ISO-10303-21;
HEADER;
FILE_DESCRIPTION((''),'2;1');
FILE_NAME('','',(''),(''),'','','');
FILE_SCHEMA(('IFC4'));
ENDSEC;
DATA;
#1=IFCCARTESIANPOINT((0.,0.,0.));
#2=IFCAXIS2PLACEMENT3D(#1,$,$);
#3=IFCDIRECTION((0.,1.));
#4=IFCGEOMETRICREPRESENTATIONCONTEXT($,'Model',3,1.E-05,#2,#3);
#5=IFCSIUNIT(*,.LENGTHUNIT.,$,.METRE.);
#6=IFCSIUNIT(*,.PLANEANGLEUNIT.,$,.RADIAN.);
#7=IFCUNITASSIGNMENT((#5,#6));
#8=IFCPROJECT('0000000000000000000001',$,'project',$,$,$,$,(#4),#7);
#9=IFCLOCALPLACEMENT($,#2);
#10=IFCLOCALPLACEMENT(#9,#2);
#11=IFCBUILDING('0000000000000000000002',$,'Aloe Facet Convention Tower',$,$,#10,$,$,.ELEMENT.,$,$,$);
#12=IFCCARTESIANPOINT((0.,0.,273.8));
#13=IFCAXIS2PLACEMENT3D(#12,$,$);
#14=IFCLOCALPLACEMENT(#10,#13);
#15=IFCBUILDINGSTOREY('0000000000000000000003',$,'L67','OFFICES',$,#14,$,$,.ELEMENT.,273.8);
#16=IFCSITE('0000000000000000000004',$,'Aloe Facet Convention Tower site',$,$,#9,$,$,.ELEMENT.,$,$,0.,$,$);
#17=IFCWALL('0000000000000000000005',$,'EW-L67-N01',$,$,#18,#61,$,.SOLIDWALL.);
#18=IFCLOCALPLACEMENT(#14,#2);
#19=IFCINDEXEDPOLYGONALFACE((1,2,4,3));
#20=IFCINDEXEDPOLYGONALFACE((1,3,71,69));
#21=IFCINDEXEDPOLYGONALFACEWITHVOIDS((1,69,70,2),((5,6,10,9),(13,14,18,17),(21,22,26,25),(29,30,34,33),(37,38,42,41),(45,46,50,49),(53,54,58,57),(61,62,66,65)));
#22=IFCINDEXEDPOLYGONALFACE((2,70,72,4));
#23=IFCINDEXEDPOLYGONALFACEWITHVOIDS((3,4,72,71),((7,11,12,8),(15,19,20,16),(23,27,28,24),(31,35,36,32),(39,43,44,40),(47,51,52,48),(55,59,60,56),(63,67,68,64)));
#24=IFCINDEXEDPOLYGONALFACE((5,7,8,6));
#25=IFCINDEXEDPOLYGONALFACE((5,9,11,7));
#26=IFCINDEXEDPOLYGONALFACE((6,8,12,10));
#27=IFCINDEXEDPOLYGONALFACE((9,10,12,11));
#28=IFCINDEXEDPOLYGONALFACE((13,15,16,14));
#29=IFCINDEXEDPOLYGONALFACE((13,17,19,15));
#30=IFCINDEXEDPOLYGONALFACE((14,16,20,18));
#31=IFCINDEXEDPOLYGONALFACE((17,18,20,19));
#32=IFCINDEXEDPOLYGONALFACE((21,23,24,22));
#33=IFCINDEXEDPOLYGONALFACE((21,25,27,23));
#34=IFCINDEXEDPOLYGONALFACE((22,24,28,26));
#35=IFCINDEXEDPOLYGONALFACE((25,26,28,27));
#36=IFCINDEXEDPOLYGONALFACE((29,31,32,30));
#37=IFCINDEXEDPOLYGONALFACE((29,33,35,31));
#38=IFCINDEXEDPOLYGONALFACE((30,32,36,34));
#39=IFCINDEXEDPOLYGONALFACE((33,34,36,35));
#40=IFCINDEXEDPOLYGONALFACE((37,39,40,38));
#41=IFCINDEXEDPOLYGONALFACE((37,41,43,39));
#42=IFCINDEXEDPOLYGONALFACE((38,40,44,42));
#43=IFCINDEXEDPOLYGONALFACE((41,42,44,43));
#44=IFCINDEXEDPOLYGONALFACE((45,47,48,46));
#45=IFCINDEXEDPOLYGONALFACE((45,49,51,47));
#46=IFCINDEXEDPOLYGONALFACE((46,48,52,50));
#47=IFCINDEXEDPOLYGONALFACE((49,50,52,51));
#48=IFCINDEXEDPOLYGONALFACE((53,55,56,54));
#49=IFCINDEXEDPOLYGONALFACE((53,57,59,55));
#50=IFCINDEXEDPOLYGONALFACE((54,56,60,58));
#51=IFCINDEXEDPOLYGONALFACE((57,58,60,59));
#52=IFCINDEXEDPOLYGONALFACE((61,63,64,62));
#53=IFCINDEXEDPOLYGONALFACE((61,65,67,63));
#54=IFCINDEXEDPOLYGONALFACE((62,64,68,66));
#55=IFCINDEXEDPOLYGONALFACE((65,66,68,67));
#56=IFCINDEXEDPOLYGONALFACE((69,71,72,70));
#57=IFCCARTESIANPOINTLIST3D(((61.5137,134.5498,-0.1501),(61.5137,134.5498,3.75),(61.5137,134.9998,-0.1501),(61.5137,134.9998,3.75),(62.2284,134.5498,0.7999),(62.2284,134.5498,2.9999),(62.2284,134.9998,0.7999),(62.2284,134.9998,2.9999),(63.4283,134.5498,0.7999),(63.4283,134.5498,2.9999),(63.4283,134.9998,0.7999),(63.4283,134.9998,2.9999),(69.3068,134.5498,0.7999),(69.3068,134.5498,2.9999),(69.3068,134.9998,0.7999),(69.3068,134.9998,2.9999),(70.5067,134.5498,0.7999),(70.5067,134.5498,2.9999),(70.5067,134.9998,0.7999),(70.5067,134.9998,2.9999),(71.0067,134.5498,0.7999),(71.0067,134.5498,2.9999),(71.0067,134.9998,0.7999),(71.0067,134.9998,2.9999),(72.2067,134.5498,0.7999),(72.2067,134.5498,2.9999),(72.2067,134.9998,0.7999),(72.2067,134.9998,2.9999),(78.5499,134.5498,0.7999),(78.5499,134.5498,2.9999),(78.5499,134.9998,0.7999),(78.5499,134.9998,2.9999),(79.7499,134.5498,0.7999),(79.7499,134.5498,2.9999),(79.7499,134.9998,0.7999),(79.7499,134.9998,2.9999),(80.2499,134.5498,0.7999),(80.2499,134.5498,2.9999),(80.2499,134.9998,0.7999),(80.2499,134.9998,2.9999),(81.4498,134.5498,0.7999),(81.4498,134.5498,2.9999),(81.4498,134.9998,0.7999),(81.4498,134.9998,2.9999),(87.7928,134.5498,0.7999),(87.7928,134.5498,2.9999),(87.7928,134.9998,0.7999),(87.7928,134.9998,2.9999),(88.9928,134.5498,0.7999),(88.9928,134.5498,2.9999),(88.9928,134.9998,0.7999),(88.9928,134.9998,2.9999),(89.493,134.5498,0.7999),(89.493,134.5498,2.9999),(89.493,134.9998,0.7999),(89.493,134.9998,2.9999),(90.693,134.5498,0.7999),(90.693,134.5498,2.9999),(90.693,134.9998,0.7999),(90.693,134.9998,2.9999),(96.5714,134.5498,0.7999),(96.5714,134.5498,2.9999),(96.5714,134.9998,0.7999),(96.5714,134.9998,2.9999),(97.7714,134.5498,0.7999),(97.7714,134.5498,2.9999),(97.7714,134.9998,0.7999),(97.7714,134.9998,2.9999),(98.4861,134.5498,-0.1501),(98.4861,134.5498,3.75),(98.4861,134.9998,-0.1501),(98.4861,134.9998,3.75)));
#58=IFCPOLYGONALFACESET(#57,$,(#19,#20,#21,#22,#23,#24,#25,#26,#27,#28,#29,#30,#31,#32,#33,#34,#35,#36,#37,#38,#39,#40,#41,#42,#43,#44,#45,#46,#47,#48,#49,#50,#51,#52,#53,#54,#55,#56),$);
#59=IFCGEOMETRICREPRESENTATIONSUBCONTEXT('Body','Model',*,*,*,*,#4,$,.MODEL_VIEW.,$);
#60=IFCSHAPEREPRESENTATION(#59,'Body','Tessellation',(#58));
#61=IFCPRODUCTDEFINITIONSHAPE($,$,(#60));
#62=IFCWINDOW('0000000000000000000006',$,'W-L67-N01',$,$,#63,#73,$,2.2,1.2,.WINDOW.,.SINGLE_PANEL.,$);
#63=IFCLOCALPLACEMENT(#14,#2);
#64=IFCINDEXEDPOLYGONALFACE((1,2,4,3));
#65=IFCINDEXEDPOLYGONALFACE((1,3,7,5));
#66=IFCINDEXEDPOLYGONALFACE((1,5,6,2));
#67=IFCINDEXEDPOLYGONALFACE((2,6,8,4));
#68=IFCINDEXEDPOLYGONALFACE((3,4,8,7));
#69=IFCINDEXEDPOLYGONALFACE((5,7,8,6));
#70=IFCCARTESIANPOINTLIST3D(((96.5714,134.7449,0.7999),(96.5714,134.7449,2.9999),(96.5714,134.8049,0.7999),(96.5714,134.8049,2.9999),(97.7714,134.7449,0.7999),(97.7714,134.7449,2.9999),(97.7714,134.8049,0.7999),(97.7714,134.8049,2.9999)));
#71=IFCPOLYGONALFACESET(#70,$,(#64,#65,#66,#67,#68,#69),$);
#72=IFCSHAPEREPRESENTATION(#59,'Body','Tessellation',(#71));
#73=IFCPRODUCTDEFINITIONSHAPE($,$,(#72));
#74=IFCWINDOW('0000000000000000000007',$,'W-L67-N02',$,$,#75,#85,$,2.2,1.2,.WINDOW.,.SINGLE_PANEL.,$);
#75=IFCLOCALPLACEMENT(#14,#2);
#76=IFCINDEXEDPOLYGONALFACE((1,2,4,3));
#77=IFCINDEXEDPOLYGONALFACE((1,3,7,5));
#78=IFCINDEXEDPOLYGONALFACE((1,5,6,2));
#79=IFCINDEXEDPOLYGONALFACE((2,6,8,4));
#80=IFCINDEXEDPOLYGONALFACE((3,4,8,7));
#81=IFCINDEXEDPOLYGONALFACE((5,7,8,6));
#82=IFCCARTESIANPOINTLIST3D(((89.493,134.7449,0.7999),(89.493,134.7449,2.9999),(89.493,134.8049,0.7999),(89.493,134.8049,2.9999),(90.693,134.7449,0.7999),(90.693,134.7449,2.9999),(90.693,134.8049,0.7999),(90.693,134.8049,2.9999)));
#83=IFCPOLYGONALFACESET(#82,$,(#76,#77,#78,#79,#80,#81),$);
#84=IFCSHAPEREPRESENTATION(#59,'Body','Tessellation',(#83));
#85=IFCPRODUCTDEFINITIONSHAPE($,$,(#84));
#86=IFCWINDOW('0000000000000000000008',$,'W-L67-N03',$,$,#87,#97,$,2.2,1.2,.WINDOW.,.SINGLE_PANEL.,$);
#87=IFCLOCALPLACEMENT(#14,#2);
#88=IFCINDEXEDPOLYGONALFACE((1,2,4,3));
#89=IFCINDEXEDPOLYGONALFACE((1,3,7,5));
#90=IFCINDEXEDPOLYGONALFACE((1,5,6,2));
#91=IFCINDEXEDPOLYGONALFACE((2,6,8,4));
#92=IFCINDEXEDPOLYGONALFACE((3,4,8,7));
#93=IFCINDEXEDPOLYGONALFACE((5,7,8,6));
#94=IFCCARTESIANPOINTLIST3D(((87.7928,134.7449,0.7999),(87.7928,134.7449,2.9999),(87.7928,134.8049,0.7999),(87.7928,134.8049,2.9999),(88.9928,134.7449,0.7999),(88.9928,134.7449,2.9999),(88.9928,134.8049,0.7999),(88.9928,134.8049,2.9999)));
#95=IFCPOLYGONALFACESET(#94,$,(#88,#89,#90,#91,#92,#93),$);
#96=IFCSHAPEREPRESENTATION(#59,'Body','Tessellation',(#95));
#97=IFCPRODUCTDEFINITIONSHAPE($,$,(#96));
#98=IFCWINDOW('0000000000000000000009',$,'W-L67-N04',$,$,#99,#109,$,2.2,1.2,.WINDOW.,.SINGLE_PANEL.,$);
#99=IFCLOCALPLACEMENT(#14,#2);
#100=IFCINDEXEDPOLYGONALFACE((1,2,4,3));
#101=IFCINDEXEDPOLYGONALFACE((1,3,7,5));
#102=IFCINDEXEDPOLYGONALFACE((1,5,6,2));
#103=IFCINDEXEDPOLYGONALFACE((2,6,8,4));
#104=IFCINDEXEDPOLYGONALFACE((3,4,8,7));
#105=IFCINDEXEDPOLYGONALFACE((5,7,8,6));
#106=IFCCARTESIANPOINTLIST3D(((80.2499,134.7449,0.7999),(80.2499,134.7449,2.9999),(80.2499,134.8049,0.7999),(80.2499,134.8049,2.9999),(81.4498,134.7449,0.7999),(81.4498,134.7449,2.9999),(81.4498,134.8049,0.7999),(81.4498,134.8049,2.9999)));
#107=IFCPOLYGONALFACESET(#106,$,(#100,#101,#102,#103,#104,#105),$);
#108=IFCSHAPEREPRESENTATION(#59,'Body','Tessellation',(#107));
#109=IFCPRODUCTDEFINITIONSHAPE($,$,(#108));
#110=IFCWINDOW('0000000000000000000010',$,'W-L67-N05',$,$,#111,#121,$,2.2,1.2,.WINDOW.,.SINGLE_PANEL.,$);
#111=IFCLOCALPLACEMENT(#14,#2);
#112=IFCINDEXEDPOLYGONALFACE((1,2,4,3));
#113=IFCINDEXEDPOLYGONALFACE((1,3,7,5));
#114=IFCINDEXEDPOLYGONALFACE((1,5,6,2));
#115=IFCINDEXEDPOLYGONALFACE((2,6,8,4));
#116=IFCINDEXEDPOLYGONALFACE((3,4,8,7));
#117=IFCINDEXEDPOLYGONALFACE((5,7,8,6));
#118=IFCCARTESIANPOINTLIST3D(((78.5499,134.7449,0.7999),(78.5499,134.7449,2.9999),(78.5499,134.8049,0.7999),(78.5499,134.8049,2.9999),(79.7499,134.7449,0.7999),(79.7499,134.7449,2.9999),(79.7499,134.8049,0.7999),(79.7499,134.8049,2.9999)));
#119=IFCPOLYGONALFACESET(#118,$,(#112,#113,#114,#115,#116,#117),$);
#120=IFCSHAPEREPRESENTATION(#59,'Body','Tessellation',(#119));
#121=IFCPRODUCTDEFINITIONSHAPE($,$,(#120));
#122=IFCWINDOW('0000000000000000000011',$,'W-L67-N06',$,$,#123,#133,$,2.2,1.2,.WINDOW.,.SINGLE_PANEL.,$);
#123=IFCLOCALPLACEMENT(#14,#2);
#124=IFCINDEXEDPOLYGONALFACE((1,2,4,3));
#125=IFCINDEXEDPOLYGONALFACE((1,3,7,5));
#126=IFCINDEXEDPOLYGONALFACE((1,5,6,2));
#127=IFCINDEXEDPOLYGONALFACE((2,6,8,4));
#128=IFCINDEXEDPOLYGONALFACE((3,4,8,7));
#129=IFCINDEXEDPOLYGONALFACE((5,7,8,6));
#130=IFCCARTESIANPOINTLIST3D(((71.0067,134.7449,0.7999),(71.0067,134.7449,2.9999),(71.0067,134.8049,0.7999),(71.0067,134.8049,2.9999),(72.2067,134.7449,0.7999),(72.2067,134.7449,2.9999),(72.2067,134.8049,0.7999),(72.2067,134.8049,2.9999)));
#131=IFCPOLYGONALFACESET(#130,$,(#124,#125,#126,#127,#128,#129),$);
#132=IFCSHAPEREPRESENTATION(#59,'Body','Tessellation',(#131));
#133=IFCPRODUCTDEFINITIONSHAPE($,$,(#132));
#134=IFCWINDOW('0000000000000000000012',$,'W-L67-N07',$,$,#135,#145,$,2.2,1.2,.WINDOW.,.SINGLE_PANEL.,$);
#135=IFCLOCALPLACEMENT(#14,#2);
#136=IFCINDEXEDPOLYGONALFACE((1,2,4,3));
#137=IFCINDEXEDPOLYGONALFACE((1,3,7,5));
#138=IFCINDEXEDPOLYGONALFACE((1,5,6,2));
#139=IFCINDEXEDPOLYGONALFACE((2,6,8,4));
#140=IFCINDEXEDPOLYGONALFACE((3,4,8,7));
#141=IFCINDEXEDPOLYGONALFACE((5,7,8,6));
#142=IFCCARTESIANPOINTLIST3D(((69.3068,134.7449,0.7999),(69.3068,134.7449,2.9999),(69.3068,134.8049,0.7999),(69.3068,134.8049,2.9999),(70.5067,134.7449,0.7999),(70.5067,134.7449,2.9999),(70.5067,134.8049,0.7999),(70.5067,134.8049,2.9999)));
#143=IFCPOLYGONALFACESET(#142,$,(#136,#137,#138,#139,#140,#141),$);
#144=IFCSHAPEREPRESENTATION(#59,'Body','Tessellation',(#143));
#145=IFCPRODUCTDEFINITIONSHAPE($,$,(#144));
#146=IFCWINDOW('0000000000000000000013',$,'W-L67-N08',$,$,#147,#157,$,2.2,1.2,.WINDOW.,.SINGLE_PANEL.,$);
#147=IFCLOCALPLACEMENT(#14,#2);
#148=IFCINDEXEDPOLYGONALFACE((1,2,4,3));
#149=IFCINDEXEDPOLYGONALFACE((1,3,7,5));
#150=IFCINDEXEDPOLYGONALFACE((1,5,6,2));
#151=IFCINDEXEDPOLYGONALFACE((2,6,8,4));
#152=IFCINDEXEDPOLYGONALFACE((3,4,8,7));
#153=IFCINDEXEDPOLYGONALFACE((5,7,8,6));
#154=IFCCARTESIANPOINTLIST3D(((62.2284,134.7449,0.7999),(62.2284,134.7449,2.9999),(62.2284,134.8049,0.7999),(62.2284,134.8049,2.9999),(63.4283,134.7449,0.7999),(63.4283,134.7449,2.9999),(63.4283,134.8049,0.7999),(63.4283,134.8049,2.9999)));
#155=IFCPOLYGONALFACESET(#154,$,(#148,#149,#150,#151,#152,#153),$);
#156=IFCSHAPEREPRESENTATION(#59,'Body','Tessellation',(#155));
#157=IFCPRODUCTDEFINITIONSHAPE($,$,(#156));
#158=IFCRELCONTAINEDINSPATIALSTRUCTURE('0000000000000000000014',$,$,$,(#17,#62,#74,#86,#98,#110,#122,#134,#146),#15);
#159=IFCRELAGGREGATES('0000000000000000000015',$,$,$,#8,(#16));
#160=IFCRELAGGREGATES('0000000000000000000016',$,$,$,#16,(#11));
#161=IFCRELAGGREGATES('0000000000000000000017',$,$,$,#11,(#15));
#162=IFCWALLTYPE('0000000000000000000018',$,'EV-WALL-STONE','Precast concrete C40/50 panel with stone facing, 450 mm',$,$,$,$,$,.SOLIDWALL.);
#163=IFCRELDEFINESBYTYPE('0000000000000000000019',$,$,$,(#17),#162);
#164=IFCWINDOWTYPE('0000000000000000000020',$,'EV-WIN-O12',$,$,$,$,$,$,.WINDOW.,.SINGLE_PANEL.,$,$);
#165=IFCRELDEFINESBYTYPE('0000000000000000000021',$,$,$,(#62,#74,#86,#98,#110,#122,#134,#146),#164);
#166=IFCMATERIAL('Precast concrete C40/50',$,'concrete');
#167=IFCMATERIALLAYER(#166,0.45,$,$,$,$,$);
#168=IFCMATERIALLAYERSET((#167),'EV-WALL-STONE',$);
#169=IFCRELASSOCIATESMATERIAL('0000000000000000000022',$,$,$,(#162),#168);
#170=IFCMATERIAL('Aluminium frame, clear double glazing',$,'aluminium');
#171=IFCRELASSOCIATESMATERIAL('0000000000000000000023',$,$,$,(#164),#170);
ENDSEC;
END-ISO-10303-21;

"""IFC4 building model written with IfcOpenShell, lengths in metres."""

from ifc_helpers import new_model, si_unit, direction, frame, frame_2d, origin, place, context, subcontext, project, spatial, polyline, rectangle, outline, extrude, material, layer, layer_set, type_object, element, fill, save


model = new_model("IFC4")

# Units and contexts
model_context = context("Model", 3, precision=1e-05, world=origin(), true_north=direction((0.0, 1.0)))
body_context = subcontext(model_context, "Body", "Model", "MODEL_VIEW")
ifc_project = project(units=[si_unit("LENGTHUNIT", "METRE"), si_unit("PLANEANGLEUNIT", "RADIAN")], contexts=[model_context])

# Site, building, storey
site_placement = place(None, origin())
site = spatial("IfcSite", under=ifc_project, at=site_placement, Name="Aloe Facet Convention Tower site", CompositionType="ELEMENT", RefElevation=0.0)
building_placement = place(site_placement, origin())
building = spatial("IfcBuilding", under=site, at=building_placement, Name="Aloe Facet Convention Tower", CompositionType="ELEMENT")
storey_placement = place(building_placement, frame((0.0, 0.0, 273.8)))
storey = spatial("IfcBuildingStorey", under=building, at=storey_placement, Name="L67", Description="OFFICES", CompositionType="ELEMENT", Elevation=273.8)

# Wall, openings, windows
ifc_material_1 = material(Name="Precast concrete C40/50", Category="concrete")
ifc_layer_1 = layer(ifc_material_1, 0.45)
ifc_layer_set_1 = layer_set([ifc_layer_1], Name="EV-WALL-STONE")
wall_type_1 = type_object("IfcWallType", Name="EV-WALL-STONE", Description="Precast concrete C40/50 panel with stone facing, 450 mm", PredefinedType="SOLIDWALL", material=ifc_layer_set_1)
wall_1_placement = place(storey_placement, frame((98.4861, 134.7749, -0.1501), z_axis=(0.0, 0.0, 1.0), x_axis=(-1.0, 0.0, 0.0)))
wall_1 = element("IfcWall", 1, at=wall_1_placement, inside=storey, type_object=wall_type_1, Name="EW-L67-N01", PredefinedType="SOLIDWALL", context=body_context, shape_type="SweptSolid", body=[
    extrude(outline(polyline([(36.9724, 0.0), (36.9724, 3.9001), (0.0, 3.9001), (0.0, 0.0), (36.9724, 0.0)])), frame((0.0, 0.2251, 0.0), z_axis=(0.0, -1.0, 0.0), x_axis=(1.0, 0.0, 0.0)), (0.0, 0.0, 1.0), 0.45),
])
opening_1_placement = place(wall_1_placement, frame((0.7146, 0.0, 0.95)))
opening_1 = element("IfcOpeningElement", 2, at=opening_1_placement, cuts=wall_1, PredefinedType="OPENING", context=body_context, shape_type="SweptSolid", body=[
    extrude(rectangle(XDim=1.2, YDim=2.2, at=frame_2d((0.6001, 1.1001))), frame((0.0, 0.2349, 0.0), z_axis=(0.0, -1.0, 0.0), x_axis=(1.0, 0.0, 0.0)), (0.0, 0.0, 1.0), 0.47),
])
opening_2_placement = place(wall_1_placement, frame((7.793, 0.0, 0.95)))
opening_2 = element("IfcOpeningElement", 3, at=opening_2_placement, cuts=wall_1, PredefinedType="OPENING", context=body_context, shape_type="SweptSolid", body=[
    extrude(rectangle(XDim=1.2, YDim=2.2, at=frame_2d((0.6001, 1.1001))), frame((0.0, 0.2349, 0.0), z_axis=(0.0, -1.0, 0.0), x_axis=(1.0, 0.0, 0.0)), (0.0, 0.0, 1.0), 0.47),
])
opening_3_placement = place(wall_1_placement, frame((9.4932, 0.0, 0.95)))
opening_3 = element("IfcOpeningElement", 4, at=opening_3_placement, cuts=wall_1, PredefinedType="OPENING", context=body_context, shape_type="SweptSolid", body=[
    extrude(rectangle(XDim=1.2, YDim=2.2, at=frame_2d((0.6001, 1.1001))), frame((0.0, 0.2349, 0.0), z_axis=(0.0, -1.0, 0.0), x_axis=(1.0, 0.0, 0.0)), (0.0, 0.0, 1.0), 0.47),
])
opening_4_placement = place(wall_1_placement, frame((17.0361, 0.0, 0.95)))
opening_4 = element("IfcOpeningElement", 5, at=opening_4_placement, cuts=wall_1, PredefinedType="OPENING", context=body_context, shape_type="SweptSolid", body=[
    extrude(rectangle(XDim=1.2, YDim=2.2, at=frame_2d((0.6001, 1.1001))), frame((0.0, 0.2349, 0.0), z_axis=(0.0, -1.0, 0.0), x_axis=(1.0, 0.0, 0.0)), (0.0, 0.0, 1.0), 0.47),
])
opening_5_placement = place(wall_1_placement, frame((18.7361, 0.0, 0.95)))
opening_5 = element("IfcOpeningElement", 6, at=opening_5_placement, cuts=wall_1, PredefinedType="OPENING", context=body_context, shape_type="SweptSolid", body=[
    extrude(rectangle(XDim=1.2, YDim=2.2, at=frame_2d((0.6001, 1.1001))), frame((0.0, 0.2349, 0.0), z_axis=(0.0, -1.0, 0.0), x_axis=(1.0, 0.0, 0.0)), (0.0, 0.0, 1.0), 0.47),
])
opening_6_placement = place(wall_1_placement, frame((26.2793, 0.0, 0.95)))
opening_6 = element("IfcOpeningElement", 7, at=opening_6_placement, cuts=wall_1, PredefinedType="OPENING", context=body_context, shape_type="SweptSolid", body=[
    extrude(rectangle(XDim=1.2, YDim=2.2, at=frame_2d((0.6001, 1.1001))), frame((0.0, 0.2349, 0.0), z_axis=(0.0, -1.0, 0.0), x_axis=(1.0, 0.0, 0.0)), (0.0, 0.0, 1.0), 0.47),
])
opening_7_placement = place(wall_1_placement, frame((27.9792, 0.0, 0.95)))
opening_7 = element("IfcOpeningElement", 8, at=opening_7_placement, cuts=wall_1, PredefinedType="OPENING", context=body_context, shape_type="SweptSolid", body=[
    extrude(rectangle(XDim=1.2, YDim=2.2, at=frame_2d((0.6001, 1.1001))), frame((0.0, 0.2349, 0.0), z_axis=(0.0, -1.0, 0.0), x_axis=(1.0, 0.0, 0.0)), (0.0, 0.0, 1.0), 0.47),
])
opening_8_placement = place(wall_1_placement, frame((35.0576, 0.0, 0.95)))
opening_8 = element("IfcOpeningElement", 9, at=opening_8_placement, cuts=wall_1, PredefinedType="OPENING", context=body_context, shape_type="SweptSolid", body=[
    extrude(rectangle(XDim=1.2, YDim=2.2, at=frame_2d((0.6001, 1.1001))), frame((0.0, 0.2349, 0.0), z_axis=(0.0, -1.0, 0.0), x_axis=(1.0, 0.0, 0.0)), (0.0, 0.0, 1.0), 0.47),
])
ifc_material_2 = material(Name="Aluminium frame, clear double glazing", Category="aluminium")
window_type = type_object("IfcWindowType", Name="EV-WIN-O12", PartitioningType="SINGLE_PANEL", PredefinedType="WINDOW", material=ifc_material_2)
window_1_placement = place(opening_1_placement, origin())
window_1 = element("IfcWindow", 10, at=window_1_placement, inside=storey, type_object=window_type, Name="W-L67-N01", OverallHeight=2.2, OverallWidth=1.2, PartitioningType="SINGLE_PANEL", PredefinedType="WINDOW", context=body_context, shape_type="SweptSolid", body=[
    extrude(rectangle(XDim=1.2, YDim=2.2, at=frame_2d((0.6001, 1.1001))), frame((0.0, 0.03, 0.0), z_axis=(0.0, -1.0, 0.0), x_axis=(1.0, 0.0, 0.0)), (0.0, 0.0, 1.0), 0.0601),
])
fill(opening_1, window_1)
window_2_placement = place(opening_2_placement, origin())
window_2 = element("IfcWindow", 11, at=window_2_placement, inside=storey, type_object=window_type, Name="W-L67-N02", OverallHeight=2.2, OverallWidth=1.2, PartitioningType="SINGLE_PANEL", PredefinedType="WINDOW", context=body_context, shape_type="SweptSolid", body=[
    extrude(rectangle(XDim=1.2, YDim=2.2, at=frame_2d((0.6001, 1.1001))), frame((0.0, 0.03, 0.0), z_axis=(0.0, -1.0, 0.0), x_axis=(1.0, 0.0, 0.0)), (0.0, 0.0, 1.0), 0.0601),
])
fill(opening_2, window_2)
window_3_placement = place(opening_3_placement, origin())
window_3 = element("IfcWindow", 12, at=window_3_placement, inside=storey, type_object=window_type, Name="W-L67-N03", OverallHeight=2.2, OverallWidth=1.2, PartitioningType="SINGLE_PANEL", PredefinedType="WINDOW", context=body_context, shape_type="SweptSolid", body=[
    extrude(rectangle(XDim=1.2, YDim=2.2, at=frame_2d((0.6001, 1.1001))), frame((0.0, 0.03, 0.0), z_axis=(0.0, -1.0, 0.0), x_axis=(1.0, 0.0, 0.0)), (0.0, 0.0, 1.0), 0.0601),
])
fill(opening_3, window_3)
window_4_placement = place(opening_4_placement, origin())
window_4 = element("IfcWindow", 13, at=window_4_placement, inside=storey, type_object=window_type, Name="W-L67-N04", OverallHeight=2.2, OverallWidth=1.2, PartitioningType="SINGLE_PANEL", PredefinedType="WINDOW", context=body_context, shape_type="SweptSolid", body=[
    extrude(rectangle(XDim=1.2, YDim=2.2, at=frame_2d((0.6001, 1.1001))), frame((0.0, 0.03, 0.0), z_axis=(0.0, -1.0, 0.0), x_axis=(1.0, 0.0, 0.0)), (0.0, 0.0, 1.0), 0.0601),
])
fill(opening_4, window_4)
window_5_placement = place(opening_5_placement, origin())
window_5 = element("IfcWindow", 14, at=window_5_placement, inside=storey, type_object=window_type, Name="W-L67-N05", OverallHeight=2.2, OverallWidth=1.2, PartitioningType="SINGLE_PANEL", PredefinedType="WINDOW", context=body_context, shape_type="SweptSolid", body=[
    extrude(rectangle(XDim=1.2, YDim=2.2, at=frame_2d((0.6001, 1.1001))), frame((0.0, 0.03, 0.0), z_axis=(0.0, -1.0, 0.0), x_axis=(1.0, 0.0, 0.0)), (0.0, 0.0, 1.0), 0.0601),
])
fill(opening_5, window_5)
window_6_placement = place(opening_6_placement, origin())
window_6 = element("IfcWindow", 15, at=window_6_placement, inside=storey, type_object=window_type, Name="W-L67-N06", OverallHeight=2.2, OverallWidth=1.2, PartitioningType="SINGLE_PANEL", PredefinedType="WINDOW", context=body_context, shape_type="SweptSolid", body=[
    extrude(rectangle(XDim=1.2, YDim=2.2, at=frame_2d((0.6001, 1.1001))), frame((0.0, 0.03, 0.0), z_axis=(0.0, -1.0, 0.0), x_axis=(1.0, 0.0, 0.0)), (0.0, 0.0, 1.0), 0.0601),
])
fill(opening_6, window_6)
window_7_placement = place(opening_7_placement, origin())
window_7 = element("IfcWindow", 16, at=window_7_placement, inside=storey, type_object=window_type, Name="W-L67-N07", OverallHeight=2.2, OverallWidth=1.2, PartitioningType="SINGLE_PANEL", PredefinedType="WINDOW", context=body_context, shape_type="SweptSolid", body=[
    extrude(rectangle(XDim=1.2, YDim=2.2, at=frame_2d((0.6001, 1.1001))), frame((0.0, 0.03, 0.0), z_axis=(0.0, -1.0, 0.0), x_axis=(1.0, 0.0, 0.0)), (0.0, 0.0, 1.0), 0.0601),
])
fill(opening_7, window_7)
window_8_placement = place(opening_8_placement, origin())
window_8 = element("IfcWindow", 17, at=window_8_placement, inside=storey, type_object=window_type, Name="W-L67-N08", OverallHeight=2.2, OverallWidth=1.2, PartitioningType="SINGLE_PANEL", PredefinedType="WINDOW", context=body_context, shape_type="SweptSolid", body=[
    extrude(rectangle(XDim=1.2, YDim=2.2, at=frame_2d((0.6001, 1.1001))), frame((0.0, 0.03, 0.0), z_axis=(0.0, -1.0, 0.0), x_axis=(1.0, 0.0, 0.0)), (0.0, 0.0, 1.0), 0.0601),
])
fill(opening_8, window_8)

save(model, "model.ifc")
